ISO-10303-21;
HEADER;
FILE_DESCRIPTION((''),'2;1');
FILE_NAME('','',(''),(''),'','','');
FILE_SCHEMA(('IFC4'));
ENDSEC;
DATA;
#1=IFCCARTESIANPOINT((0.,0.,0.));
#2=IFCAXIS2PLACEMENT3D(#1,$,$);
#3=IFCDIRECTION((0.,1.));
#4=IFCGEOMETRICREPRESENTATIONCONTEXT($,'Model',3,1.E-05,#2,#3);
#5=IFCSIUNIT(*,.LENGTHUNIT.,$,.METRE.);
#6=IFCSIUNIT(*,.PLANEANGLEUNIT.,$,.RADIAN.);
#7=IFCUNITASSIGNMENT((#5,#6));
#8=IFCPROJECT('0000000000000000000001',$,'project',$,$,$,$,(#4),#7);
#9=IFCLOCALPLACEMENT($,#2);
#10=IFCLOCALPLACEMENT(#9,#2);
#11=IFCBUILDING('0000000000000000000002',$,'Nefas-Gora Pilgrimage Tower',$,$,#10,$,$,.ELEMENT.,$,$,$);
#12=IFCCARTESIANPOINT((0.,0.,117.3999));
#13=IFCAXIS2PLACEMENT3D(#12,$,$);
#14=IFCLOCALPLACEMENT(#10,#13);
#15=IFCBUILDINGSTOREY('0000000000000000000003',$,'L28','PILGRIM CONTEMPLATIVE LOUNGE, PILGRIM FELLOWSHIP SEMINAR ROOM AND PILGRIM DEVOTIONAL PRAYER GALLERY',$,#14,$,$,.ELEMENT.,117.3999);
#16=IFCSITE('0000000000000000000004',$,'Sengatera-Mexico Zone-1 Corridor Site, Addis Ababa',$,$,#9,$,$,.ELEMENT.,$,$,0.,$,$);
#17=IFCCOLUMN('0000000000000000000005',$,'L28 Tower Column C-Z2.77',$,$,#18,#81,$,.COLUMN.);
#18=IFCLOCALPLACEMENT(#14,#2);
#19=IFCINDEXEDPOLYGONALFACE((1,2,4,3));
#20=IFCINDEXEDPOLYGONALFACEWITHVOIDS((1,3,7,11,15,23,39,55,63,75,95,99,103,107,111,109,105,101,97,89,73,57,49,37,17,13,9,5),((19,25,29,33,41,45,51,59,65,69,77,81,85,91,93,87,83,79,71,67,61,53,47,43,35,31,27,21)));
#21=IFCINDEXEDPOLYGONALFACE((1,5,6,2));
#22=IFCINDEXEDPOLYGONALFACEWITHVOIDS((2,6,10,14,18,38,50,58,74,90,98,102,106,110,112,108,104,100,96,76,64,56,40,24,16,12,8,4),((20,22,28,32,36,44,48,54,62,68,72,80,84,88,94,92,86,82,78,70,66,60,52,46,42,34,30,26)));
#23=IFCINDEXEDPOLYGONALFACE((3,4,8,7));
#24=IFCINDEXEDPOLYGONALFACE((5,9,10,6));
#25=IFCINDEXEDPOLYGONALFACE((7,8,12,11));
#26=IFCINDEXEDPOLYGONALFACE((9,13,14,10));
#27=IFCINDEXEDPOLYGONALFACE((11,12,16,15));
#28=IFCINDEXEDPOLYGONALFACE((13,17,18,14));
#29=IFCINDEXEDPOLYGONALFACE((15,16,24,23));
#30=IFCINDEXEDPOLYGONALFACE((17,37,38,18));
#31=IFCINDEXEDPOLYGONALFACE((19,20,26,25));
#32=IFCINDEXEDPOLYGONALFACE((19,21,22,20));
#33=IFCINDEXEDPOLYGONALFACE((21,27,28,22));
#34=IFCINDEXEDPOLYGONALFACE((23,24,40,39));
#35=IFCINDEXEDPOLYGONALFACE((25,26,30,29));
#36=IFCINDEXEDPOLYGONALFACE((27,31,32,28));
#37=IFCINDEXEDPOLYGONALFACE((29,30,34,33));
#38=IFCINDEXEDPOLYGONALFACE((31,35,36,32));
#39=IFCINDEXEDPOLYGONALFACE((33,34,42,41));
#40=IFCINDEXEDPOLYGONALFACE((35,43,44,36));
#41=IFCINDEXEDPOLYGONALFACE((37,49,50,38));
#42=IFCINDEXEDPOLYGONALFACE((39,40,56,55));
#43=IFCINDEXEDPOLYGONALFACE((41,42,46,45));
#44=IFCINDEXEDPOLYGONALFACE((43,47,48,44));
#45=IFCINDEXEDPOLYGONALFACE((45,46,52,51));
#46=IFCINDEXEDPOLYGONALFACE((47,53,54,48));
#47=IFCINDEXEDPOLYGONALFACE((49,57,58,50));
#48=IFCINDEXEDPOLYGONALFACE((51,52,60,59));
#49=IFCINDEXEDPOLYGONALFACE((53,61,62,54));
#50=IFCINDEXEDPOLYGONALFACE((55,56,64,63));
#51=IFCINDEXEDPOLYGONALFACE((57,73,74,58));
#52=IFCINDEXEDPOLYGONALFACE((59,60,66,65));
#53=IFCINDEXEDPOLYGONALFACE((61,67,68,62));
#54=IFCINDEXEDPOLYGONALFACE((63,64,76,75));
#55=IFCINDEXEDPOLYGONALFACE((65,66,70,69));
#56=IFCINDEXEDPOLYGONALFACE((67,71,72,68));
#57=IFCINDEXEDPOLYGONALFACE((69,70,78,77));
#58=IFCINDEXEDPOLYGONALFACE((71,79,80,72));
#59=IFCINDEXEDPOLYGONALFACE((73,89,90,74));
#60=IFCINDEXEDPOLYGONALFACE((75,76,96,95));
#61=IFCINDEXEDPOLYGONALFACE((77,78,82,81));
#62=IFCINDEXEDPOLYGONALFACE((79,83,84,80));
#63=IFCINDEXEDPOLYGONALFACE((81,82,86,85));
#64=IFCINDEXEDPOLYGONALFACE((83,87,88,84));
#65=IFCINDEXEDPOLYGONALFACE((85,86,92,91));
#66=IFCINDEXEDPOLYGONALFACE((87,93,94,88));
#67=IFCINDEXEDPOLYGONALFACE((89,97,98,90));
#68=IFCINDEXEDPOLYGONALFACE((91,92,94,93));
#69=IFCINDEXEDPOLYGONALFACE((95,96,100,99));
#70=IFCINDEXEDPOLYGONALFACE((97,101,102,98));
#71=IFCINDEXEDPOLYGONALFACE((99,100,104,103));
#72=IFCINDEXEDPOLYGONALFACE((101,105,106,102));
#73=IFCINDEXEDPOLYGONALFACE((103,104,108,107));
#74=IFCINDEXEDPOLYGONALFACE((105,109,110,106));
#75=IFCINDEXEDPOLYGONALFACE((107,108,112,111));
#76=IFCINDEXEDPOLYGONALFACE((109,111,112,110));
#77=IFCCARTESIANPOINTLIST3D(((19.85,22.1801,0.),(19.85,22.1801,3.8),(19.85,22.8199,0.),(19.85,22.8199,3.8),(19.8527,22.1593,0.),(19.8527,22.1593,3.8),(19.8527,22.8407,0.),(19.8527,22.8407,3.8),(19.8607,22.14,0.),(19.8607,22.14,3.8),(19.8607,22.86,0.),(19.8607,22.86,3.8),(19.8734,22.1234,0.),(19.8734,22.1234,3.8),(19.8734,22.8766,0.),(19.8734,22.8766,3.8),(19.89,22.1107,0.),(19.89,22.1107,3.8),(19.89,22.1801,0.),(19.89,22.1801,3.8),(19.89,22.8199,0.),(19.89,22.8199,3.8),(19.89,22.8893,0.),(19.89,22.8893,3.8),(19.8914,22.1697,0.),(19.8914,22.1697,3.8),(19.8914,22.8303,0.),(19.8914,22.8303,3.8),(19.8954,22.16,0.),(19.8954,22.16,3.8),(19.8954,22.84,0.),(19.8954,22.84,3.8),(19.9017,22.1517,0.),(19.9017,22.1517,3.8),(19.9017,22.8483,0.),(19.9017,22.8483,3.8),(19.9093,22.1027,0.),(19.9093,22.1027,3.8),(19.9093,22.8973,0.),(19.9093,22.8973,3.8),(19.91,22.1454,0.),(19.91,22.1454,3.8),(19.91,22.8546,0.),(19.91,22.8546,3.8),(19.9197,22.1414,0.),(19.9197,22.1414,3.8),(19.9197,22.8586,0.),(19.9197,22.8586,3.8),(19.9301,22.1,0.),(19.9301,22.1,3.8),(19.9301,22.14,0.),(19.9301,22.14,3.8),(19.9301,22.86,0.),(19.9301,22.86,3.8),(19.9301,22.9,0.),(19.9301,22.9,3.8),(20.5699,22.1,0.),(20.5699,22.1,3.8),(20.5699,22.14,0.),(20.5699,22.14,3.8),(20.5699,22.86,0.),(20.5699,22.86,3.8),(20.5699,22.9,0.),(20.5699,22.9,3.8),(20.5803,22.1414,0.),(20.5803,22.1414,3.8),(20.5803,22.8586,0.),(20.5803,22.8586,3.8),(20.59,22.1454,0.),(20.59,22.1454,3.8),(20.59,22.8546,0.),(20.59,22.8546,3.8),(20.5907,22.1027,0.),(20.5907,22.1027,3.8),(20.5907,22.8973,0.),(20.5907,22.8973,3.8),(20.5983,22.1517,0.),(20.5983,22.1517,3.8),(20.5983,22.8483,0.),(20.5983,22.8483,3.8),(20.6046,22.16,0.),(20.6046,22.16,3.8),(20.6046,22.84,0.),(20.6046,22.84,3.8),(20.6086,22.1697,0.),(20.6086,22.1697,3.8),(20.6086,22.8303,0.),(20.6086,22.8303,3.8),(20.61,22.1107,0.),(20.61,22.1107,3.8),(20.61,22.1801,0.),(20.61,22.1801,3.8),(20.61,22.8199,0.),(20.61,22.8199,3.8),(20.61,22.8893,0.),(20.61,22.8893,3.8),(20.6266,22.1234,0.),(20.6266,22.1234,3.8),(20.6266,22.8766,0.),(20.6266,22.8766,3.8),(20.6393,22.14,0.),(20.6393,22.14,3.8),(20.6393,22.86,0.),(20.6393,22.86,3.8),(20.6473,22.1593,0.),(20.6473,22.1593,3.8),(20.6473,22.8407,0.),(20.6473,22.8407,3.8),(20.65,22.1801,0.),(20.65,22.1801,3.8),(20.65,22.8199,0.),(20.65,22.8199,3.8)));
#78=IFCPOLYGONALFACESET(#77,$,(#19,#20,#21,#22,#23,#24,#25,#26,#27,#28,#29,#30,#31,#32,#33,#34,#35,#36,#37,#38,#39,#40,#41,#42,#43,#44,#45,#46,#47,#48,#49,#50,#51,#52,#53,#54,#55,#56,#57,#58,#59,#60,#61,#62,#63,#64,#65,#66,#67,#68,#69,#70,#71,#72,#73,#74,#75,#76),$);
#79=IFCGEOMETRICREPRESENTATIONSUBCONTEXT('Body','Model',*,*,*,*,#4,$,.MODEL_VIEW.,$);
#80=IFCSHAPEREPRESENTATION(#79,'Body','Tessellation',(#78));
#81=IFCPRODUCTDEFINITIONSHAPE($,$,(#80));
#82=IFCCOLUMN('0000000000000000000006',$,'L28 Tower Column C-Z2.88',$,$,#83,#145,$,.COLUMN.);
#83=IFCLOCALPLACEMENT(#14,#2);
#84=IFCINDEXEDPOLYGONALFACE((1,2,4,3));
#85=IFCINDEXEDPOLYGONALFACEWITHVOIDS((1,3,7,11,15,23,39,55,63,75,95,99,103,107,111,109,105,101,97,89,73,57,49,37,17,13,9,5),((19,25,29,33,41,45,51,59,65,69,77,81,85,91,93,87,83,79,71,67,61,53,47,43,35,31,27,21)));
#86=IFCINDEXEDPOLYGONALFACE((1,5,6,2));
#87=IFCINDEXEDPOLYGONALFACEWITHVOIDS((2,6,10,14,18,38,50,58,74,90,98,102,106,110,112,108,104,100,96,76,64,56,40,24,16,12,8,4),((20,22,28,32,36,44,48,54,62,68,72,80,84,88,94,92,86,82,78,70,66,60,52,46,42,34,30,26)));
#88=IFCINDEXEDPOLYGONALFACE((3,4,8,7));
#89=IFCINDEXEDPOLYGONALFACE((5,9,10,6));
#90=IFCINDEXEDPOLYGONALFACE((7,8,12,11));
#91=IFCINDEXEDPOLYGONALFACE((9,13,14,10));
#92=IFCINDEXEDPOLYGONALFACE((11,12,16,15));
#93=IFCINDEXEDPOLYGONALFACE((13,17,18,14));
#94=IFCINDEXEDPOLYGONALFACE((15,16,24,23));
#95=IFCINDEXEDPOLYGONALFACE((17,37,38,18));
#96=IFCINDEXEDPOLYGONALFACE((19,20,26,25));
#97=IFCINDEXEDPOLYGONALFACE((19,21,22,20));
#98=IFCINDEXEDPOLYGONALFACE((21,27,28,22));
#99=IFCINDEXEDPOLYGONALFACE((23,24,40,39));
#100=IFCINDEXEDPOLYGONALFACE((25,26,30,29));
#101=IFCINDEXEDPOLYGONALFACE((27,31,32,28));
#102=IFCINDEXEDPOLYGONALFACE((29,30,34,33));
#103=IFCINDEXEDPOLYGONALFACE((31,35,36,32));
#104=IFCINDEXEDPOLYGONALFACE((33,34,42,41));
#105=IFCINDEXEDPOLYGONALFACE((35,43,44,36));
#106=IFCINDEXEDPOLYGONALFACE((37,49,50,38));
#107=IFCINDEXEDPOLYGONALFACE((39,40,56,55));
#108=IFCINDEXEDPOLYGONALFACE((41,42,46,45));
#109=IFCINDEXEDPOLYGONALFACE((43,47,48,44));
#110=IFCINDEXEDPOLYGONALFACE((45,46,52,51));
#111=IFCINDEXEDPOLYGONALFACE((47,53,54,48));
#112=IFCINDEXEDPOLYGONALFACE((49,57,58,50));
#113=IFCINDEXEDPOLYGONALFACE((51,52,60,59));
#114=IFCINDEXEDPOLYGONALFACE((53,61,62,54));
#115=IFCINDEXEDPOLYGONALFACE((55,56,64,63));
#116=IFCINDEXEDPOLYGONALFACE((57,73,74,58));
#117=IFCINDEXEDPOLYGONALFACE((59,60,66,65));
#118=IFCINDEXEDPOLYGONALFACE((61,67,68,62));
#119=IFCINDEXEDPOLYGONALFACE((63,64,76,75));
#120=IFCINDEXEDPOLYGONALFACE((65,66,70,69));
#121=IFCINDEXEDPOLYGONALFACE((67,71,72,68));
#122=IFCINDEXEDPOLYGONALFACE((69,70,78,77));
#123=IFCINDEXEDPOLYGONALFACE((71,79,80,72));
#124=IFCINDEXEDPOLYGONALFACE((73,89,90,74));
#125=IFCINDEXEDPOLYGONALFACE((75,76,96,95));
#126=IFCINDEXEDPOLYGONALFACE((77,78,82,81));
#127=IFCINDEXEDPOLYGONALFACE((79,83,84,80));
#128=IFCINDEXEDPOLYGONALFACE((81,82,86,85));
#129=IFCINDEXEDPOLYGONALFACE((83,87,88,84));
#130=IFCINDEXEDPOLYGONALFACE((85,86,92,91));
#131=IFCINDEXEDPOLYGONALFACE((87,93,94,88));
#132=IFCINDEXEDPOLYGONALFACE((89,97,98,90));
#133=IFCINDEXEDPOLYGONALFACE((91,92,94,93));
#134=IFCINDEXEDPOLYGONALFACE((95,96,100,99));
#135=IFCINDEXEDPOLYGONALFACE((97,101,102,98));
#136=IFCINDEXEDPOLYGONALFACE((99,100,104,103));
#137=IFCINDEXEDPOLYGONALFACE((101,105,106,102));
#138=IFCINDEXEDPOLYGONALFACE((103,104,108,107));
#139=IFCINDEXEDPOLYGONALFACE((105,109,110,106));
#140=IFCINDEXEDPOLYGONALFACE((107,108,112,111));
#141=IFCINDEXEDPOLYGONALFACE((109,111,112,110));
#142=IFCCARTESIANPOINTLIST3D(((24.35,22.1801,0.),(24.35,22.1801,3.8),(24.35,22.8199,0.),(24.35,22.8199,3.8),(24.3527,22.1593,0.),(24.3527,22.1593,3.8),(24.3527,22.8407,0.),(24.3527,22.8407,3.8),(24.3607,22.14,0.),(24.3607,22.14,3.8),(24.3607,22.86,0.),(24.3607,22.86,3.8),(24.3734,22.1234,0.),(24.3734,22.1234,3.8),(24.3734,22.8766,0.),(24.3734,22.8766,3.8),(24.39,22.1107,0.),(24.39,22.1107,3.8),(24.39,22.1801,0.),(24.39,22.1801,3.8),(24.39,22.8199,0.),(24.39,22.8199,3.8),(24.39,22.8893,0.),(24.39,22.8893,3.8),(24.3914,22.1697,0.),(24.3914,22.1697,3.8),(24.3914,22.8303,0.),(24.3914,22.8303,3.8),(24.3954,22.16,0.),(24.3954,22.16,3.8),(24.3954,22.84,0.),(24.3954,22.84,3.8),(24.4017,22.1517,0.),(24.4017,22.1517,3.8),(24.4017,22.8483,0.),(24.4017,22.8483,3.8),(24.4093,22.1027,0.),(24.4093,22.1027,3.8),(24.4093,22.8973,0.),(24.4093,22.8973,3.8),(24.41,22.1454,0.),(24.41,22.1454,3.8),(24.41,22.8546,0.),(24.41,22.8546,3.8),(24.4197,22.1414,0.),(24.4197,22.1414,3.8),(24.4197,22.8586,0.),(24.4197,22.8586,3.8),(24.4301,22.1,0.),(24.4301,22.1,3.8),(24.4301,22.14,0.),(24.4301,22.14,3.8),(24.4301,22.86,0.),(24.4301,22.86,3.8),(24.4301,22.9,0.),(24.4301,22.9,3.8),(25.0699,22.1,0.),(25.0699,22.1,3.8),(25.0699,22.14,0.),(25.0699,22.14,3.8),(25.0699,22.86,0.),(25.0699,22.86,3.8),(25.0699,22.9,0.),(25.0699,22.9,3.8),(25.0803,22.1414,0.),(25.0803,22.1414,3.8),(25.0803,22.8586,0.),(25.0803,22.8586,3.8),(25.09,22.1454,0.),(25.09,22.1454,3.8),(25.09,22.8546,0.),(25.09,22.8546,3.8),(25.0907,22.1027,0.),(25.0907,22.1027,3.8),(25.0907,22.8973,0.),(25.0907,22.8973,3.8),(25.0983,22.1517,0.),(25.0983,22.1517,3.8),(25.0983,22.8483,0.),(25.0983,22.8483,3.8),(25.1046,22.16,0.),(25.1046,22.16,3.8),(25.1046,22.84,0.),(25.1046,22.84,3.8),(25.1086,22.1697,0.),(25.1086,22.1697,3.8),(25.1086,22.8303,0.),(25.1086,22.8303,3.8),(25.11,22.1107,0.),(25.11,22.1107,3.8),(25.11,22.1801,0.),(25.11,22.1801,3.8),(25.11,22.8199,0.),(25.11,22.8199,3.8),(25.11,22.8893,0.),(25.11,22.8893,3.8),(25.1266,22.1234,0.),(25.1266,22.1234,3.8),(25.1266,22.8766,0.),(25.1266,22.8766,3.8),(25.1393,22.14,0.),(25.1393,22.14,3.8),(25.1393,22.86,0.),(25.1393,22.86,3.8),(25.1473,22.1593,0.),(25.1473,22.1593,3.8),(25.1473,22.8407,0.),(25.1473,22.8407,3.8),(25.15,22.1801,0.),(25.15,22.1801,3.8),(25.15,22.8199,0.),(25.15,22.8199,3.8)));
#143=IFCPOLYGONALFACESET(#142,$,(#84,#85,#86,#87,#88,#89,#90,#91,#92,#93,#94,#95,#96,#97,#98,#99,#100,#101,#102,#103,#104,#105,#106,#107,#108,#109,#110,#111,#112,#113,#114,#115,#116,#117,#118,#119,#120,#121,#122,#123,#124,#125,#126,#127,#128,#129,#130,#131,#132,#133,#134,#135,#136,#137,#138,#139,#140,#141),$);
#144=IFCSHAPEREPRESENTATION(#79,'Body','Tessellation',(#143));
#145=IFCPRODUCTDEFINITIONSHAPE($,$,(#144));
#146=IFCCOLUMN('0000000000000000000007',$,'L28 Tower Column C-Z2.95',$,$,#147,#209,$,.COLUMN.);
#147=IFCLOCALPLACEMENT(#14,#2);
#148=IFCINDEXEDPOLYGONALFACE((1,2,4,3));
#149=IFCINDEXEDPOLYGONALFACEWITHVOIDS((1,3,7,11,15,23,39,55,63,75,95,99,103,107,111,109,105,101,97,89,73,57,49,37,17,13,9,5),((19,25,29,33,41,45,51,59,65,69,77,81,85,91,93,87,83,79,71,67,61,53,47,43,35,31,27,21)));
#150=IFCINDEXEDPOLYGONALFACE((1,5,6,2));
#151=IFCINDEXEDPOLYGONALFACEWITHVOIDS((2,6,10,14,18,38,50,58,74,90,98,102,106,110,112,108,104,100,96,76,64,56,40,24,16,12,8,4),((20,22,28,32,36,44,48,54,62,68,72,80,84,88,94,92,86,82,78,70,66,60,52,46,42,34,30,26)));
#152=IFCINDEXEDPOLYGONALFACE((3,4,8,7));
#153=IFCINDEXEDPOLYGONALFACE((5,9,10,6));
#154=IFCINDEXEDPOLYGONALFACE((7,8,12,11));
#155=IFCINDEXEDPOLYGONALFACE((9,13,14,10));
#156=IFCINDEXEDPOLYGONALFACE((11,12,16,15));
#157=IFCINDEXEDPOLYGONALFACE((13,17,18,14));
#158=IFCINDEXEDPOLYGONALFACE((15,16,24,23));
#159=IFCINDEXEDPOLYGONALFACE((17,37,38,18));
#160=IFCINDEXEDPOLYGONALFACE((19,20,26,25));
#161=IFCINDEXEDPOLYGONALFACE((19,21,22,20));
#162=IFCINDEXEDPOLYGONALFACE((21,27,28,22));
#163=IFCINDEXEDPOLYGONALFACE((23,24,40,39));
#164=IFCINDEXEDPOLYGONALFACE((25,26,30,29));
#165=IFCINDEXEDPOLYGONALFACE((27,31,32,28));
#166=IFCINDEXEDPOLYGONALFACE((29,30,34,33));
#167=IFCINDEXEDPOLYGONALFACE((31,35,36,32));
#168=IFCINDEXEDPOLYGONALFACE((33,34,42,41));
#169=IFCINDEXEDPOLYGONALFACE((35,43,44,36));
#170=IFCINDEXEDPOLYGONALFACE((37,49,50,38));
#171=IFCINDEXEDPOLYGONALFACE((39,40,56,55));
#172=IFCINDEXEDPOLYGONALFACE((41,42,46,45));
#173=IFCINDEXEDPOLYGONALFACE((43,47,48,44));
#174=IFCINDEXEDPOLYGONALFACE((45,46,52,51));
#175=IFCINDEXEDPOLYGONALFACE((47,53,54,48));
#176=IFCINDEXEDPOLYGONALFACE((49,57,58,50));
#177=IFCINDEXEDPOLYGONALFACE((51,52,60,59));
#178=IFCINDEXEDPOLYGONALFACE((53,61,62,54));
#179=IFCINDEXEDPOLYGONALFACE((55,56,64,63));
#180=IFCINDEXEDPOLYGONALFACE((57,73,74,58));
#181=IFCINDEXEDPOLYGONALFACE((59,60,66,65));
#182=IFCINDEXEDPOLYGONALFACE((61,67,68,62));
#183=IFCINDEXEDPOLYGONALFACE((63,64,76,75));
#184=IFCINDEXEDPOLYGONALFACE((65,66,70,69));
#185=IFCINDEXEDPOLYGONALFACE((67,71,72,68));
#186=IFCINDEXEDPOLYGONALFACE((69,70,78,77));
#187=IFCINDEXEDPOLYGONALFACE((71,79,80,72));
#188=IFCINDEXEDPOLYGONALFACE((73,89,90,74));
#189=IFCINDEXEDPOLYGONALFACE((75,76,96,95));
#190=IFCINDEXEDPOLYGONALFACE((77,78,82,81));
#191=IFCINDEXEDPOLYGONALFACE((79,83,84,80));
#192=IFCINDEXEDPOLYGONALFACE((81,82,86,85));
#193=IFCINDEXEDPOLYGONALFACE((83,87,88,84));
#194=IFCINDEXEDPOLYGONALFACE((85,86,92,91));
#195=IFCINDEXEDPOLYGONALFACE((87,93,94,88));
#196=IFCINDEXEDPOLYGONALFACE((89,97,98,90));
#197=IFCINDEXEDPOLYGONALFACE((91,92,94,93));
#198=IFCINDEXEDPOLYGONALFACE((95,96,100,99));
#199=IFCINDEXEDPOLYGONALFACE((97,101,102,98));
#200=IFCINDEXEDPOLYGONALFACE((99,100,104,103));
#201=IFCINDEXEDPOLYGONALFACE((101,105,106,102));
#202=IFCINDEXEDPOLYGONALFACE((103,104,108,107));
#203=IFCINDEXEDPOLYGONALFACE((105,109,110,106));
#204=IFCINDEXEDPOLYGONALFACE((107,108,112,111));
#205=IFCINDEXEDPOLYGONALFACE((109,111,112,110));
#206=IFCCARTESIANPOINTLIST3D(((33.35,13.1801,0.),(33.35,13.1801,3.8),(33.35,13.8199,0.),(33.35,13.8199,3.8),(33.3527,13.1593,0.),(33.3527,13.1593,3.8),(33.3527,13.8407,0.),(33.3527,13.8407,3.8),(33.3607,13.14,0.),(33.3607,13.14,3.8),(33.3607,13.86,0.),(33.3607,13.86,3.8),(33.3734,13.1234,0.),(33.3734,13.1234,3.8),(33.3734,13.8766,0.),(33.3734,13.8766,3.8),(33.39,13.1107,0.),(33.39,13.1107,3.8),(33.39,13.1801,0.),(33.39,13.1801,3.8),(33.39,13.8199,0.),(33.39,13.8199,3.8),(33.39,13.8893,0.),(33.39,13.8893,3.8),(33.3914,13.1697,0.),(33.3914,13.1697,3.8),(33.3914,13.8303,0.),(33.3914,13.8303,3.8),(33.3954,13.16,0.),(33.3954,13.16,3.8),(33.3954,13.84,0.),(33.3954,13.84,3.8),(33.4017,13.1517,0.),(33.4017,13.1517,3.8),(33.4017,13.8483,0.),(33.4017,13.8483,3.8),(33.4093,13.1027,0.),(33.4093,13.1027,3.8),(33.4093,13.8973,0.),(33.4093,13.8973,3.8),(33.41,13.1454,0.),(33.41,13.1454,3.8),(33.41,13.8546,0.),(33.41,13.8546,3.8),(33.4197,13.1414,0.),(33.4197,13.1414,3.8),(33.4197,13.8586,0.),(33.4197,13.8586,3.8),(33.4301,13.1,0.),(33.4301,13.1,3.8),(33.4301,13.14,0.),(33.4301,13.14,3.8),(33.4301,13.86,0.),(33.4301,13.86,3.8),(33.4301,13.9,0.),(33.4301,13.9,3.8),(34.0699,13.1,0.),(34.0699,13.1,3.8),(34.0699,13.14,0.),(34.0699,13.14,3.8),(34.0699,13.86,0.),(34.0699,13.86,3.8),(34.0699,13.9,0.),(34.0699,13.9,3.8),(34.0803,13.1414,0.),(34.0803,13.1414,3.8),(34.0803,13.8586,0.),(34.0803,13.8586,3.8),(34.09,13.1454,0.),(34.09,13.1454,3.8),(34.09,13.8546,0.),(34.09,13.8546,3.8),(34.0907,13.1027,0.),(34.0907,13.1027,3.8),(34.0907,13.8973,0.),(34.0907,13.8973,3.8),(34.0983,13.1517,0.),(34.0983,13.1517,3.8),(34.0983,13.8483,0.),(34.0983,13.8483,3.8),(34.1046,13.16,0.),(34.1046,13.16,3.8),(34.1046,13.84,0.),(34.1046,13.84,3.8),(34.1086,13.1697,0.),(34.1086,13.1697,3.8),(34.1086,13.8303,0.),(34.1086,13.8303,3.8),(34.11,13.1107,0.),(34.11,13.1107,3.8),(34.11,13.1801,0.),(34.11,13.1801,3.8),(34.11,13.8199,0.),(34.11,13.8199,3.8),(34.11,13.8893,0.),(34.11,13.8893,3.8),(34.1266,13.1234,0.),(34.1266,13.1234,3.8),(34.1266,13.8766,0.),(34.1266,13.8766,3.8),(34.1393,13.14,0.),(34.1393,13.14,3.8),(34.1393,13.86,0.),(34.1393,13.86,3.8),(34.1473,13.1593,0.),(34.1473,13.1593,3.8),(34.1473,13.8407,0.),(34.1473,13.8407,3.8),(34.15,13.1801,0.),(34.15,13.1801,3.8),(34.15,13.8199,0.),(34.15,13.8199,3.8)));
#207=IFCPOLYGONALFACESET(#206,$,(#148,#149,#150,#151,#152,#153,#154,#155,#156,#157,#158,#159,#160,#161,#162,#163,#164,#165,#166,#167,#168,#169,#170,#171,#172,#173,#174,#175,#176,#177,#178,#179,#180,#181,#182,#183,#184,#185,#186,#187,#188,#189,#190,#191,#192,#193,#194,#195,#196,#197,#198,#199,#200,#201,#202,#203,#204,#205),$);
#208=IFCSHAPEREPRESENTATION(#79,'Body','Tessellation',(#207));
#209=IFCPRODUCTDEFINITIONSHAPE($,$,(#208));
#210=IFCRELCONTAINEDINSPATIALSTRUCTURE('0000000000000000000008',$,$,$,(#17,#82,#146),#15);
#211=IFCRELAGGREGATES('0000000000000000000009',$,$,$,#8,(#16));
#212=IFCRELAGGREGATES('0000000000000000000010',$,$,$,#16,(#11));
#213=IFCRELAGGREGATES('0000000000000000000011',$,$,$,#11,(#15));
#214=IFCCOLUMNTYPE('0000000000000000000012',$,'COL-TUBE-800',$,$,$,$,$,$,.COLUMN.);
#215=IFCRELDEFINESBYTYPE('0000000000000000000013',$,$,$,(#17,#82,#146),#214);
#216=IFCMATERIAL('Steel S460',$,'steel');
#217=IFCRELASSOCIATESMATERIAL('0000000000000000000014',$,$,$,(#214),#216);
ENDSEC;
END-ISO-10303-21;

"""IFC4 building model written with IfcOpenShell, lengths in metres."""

from ifc_helpers import new_model, si_unit, direction, frame, origin, origin_2d, place, context, subcontext, project, spatial, hollow_rectangle, extrude, source, transform, mapped, material, material_profile, profile_set, type_object, element, save


model = new_model("IFC4")

# Units and contexts
model_context = context("Model", 3, precision=1e-05, world=origin(), true_north=direction((0.0, 1.0)))
body_context = subcontext(model_context, "Body", "Model", "MODEL_VIEW")
ifc_project = project(units=[si_unit("LENGTHUNIT", "METRE"), si_unit("PLANEANGLEUNIT", "RADIAN")], contexts=[model_context])

# Site, building, storey
site_placement = place(None, origin())
site = spatial("IfcSite", under=ifc_project, at=site_placement, Name="Sengatera-Mexico Zone-1 Corridor Site, Addis Ababa", CompositionType="ELEMENT", RefElevation=0.0)
building_placement = place(site_placement, origin())
building = spatial("IfcBuilding", under=site, at=building_placement, Name="Nefas-Gora Pilgrimage Tower", CompositionType="ELEMENT")
storey_placement = place(building_placement, frame((0.0, 0.0, 117.3999)))
storey = spatial("IfcBuildingStorey", under=building, at=storey_placement, Name="L28", Description="PILGRIM CONTEMPLATIVE LOUNGE, PILGRIM FELLOWSHIP SEMINAR ROOM AND PILGRIM DEVOTIONAL PRAYER GALLERY", CompositionType="ELEMENT", Elevation=117.3999)

# Columns
ifc_material_1 = material(Name="Steel S460", Category="steel")
ifc_material_profile_1 = material_profile(ifc_material_1, hollow_rectangle(XDim=0.8, YDim=0.8, WallThickness=0.04, InnerFilletRadius=0.04, OuterFilletRadius=0.0801, at=origin_2d()), Name="BOX 800x800x40")
ifc_profile_set_1 = profile_set([ifc_material_profile_1], Name="Steel S460")
column_type_1 = type_object("IfcColumnType", Name="COL-TUBE-800", PredefinedType="COLUMN", material=ifc_profile_set_1)
shared_shape_1 = source(origin(), body_context, "Body", "SweptSolid", [
    extrude(hollow_rectangle(XDim=0.8, YDim=0.8, WallThickness=0.04, InnerFilletRadius=0.04, OuterFilletRadius=0.0801, at=origin_2d()), origin(), (0.0, 0.0, 1.0), 3.8),
])
for number, where, z_axis, x_axis, name in (
    (1, (20.25, 22.5, 0.0), (0.0, 0.0, 1.0), (1.0, 0.0, 0.0), "L28 Tower Column C-Z2.77"),
    (2, (24.75, 22.5, 0.0), (0.0, 0.0, 1.0), (1.0, 0.0, 0.0), "L28 Tower Column C-Z2.88"),
    (3, (33.75, 13.5, 0.0), (0.0, 0.0, 1.0), (1.0, 0.0, 0.0), "L28 Tower Column C-Z2.95"),
):
    element("IfcColumn", number, at=place(storey_placement, frame(where, z_axis=z_axis, x_axis=x_axis)), inside=storey, type_object=column_type_1, Name=name, PredefinedType="COLUMN", context=body_context, shape_type="MappedRepresentation", body=[
        mapped(shared_shape_1, transform((0.0, 0.0, 0.0), x_axis=(1.0, 0.0, 0.0), y_axis=(0.0, 1.0, 0.0), z_axis=(0.0, 0.0, 1.0), scale=1.0)),
    ])

save(model, "model.ifc")
